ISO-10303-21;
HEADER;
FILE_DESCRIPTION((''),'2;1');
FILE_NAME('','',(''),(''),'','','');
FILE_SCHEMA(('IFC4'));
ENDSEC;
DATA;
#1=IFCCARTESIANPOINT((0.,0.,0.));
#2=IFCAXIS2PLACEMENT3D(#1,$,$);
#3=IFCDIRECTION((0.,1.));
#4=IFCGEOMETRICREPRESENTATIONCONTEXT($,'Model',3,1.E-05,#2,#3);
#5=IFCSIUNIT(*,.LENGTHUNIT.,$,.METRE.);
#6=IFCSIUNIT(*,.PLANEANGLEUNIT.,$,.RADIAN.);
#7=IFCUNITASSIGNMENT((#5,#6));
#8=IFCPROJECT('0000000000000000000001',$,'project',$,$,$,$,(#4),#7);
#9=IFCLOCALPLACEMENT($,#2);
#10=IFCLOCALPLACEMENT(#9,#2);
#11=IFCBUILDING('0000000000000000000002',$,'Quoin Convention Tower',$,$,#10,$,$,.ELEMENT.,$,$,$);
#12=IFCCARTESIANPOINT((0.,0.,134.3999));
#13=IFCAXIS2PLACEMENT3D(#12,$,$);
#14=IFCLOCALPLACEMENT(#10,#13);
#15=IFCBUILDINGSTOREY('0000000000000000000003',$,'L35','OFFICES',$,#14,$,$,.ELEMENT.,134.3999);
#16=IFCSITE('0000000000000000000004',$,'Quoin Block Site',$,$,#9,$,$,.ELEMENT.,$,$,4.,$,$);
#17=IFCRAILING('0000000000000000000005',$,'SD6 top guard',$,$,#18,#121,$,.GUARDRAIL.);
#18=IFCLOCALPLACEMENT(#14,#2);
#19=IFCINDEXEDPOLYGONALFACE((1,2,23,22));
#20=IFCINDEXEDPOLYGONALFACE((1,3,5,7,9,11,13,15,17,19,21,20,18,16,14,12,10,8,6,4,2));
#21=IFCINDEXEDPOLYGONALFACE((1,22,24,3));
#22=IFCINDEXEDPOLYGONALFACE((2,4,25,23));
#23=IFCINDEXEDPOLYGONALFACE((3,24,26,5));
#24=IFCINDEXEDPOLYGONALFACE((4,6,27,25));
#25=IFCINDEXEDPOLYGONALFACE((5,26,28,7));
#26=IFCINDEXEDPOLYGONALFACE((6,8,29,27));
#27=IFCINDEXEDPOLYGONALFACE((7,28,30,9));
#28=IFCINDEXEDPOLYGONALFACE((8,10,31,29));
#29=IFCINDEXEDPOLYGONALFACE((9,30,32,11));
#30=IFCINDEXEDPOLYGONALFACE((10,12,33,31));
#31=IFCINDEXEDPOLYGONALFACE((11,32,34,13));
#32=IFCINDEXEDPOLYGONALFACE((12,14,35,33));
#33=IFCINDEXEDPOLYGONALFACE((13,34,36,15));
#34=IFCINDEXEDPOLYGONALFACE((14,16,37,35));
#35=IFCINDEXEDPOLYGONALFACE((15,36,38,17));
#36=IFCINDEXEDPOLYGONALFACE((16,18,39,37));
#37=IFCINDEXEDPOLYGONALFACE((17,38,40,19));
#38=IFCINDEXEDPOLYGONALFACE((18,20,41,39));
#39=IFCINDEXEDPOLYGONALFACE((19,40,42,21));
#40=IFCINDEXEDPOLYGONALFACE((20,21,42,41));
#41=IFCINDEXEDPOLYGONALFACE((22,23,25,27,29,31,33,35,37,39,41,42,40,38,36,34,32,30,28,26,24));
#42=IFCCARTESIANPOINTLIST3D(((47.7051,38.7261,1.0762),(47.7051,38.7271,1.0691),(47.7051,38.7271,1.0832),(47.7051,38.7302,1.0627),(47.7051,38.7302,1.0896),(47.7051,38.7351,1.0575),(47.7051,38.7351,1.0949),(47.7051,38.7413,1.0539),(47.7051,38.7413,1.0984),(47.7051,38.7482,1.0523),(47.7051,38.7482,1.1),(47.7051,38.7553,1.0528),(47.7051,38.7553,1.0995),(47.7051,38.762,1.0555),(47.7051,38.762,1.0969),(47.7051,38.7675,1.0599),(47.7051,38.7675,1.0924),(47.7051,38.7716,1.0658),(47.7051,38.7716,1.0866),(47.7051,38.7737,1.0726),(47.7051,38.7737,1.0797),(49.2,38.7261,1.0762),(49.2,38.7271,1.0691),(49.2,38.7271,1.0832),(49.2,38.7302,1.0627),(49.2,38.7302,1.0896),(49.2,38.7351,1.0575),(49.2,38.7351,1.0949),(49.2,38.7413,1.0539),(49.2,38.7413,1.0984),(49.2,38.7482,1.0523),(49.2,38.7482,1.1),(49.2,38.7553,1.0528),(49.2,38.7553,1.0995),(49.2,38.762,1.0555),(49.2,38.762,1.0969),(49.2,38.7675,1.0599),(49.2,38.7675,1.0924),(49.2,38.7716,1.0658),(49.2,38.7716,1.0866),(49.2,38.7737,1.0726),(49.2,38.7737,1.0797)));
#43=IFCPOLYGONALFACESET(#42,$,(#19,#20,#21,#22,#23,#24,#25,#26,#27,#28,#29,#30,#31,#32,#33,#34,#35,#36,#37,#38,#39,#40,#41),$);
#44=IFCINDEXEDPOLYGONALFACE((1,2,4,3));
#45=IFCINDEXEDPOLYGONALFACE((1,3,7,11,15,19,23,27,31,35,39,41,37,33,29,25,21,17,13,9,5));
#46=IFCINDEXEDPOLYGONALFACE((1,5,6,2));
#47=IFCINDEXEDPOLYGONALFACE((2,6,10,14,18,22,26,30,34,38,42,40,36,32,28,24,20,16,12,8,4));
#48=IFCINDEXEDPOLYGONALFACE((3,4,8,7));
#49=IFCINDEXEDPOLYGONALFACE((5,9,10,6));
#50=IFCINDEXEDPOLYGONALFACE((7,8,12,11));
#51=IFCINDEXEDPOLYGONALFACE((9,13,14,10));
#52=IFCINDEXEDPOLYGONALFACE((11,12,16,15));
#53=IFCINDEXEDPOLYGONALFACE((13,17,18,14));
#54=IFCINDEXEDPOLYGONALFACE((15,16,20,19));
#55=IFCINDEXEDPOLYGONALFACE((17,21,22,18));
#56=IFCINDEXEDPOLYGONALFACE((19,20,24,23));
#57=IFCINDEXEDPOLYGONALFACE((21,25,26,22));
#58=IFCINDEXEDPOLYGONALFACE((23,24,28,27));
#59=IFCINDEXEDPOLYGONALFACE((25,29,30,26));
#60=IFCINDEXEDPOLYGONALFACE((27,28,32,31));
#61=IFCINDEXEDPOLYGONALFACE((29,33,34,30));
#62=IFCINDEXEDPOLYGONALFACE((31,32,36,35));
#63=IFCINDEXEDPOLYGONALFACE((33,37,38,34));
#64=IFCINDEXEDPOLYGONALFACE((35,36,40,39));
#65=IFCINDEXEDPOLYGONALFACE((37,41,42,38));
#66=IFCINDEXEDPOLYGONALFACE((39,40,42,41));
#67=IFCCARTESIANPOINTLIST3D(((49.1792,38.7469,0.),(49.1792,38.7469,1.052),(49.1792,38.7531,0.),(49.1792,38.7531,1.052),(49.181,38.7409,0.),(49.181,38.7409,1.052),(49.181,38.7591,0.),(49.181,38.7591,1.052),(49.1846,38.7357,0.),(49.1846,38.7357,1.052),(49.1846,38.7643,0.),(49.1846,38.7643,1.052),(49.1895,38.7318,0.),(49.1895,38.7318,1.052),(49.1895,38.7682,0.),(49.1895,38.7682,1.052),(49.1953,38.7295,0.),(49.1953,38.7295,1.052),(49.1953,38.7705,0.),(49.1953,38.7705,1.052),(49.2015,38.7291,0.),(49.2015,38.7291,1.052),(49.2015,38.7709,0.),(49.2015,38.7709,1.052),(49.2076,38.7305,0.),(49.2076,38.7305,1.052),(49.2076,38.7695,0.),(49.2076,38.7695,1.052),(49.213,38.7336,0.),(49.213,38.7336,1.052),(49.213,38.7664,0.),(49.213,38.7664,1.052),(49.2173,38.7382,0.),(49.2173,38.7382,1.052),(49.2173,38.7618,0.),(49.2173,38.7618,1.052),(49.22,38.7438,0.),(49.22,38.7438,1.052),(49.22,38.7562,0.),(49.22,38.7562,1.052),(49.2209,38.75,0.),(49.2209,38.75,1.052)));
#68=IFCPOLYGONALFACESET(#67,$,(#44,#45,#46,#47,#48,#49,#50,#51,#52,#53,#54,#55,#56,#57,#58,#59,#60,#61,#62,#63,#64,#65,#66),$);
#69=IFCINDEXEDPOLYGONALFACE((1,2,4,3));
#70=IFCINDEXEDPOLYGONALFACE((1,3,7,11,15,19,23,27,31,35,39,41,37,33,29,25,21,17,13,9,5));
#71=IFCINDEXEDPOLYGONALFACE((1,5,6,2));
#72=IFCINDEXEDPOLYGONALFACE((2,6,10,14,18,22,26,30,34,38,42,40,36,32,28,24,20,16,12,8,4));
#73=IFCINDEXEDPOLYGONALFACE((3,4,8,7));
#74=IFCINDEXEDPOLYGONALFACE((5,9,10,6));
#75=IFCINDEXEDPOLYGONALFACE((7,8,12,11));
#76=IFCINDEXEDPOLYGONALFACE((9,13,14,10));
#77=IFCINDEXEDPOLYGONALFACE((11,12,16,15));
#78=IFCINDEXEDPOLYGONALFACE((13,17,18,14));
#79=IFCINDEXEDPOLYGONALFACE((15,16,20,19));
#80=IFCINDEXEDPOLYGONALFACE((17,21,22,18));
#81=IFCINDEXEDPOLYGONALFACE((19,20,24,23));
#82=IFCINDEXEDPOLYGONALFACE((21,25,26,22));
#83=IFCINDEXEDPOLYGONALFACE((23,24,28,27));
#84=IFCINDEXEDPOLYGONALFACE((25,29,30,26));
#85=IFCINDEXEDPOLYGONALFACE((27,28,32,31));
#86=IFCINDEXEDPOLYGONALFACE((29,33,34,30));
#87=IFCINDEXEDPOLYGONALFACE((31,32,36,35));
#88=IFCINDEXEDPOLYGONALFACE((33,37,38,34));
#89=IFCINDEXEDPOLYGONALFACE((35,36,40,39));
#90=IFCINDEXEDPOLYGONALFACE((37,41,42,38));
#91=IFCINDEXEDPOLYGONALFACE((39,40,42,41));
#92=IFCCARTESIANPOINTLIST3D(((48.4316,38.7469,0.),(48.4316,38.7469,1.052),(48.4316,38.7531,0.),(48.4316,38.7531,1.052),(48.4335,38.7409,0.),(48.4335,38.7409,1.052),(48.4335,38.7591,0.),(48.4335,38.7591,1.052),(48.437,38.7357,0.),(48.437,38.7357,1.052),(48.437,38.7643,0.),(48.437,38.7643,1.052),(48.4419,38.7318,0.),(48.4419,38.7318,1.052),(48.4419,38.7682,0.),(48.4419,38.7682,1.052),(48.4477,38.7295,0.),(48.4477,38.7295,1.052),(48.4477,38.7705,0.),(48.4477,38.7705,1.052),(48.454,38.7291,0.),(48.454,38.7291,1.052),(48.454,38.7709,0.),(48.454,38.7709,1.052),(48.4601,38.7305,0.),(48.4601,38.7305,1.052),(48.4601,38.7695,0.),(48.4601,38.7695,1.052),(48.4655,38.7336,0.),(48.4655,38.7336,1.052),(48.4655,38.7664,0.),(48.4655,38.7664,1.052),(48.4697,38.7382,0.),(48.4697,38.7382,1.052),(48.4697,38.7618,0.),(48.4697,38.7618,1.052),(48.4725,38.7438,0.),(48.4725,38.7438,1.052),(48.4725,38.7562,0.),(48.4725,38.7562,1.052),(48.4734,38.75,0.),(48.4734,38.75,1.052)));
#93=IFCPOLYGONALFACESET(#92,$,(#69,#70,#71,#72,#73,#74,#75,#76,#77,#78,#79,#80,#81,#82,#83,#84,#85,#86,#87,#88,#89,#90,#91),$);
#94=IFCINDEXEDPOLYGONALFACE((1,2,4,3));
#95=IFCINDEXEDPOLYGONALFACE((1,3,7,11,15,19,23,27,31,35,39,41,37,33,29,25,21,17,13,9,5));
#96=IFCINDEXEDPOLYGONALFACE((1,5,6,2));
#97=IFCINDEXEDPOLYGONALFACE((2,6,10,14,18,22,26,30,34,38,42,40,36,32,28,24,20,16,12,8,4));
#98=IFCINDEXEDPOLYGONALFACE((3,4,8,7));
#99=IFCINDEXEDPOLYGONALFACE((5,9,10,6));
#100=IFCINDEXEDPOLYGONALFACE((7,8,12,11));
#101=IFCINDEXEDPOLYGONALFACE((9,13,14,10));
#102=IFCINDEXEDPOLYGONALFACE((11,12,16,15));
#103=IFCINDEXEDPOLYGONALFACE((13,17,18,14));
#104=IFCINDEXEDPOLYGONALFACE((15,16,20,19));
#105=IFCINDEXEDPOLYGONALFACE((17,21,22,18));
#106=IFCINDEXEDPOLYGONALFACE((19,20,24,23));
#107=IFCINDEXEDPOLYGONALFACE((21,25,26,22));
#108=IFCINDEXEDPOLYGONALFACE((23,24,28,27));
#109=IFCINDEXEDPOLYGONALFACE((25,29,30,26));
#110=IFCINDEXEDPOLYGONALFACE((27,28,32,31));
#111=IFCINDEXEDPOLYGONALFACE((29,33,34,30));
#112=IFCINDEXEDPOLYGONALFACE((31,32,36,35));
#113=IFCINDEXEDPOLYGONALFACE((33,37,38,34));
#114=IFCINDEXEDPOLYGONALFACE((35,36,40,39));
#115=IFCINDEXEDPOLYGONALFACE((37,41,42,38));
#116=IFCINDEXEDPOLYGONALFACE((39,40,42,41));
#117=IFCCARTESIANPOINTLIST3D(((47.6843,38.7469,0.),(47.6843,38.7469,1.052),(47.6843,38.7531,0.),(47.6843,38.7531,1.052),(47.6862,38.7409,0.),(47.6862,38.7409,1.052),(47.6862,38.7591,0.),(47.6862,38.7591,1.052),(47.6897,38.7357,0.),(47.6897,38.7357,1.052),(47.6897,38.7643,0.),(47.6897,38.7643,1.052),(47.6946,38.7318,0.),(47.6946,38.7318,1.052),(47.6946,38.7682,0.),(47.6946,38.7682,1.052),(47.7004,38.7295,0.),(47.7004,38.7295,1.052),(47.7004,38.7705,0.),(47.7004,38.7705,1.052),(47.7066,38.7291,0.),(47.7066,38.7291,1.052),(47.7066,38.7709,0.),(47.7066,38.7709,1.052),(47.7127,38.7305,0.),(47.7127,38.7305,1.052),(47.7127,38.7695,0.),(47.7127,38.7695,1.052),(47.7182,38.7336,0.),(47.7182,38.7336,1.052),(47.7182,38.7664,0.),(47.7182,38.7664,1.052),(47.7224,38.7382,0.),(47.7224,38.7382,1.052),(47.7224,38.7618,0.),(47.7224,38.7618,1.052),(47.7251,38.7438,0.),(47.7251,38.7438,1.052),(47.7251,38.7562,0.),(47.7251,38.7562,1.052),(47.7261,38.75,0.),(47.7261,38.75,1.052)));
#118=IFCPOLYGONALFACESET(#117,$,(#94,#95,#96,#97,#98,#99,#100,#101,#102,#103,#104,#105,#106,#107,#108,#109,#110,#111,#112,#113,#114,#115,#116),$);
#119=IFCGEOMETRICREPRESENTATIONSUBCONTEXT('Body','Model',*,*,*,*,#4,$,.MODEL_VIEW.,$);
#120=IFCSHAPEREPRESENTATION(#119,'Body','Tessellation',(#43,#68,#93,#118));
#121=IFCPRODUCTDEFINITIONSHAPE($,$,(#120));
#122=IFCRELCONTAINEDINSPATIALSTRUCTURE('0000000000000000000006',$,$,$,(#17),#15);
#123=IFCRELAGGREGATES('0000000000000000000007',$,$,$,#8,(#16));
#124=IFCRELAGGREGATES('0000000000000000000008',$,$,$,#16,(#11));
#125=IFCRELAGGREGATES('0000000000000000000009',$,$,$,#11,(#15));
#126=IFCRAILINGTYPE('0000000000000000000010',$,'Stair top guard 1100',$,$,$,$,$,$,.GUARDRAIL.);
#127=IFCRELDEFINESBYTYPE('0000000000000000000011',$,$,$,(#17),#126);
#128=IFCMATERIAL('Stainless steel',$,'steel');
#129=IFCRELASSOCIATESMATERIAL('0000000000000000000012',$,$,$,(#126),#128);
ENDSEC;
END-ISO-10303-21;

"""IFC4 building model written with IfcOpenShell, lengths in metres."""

from ifc_helpers import new_model, si_unit, direction, frame, origin, origin_2d, place, context, subcontext, project, spatial, circle, extrude, material, type_object, element, save


model = new_model("IFC4")

# Units and contexts
model_context = context("Model", 3, precision=1e-05, world=origin(), true_north=direction((0.0, 1.0)))
body_context = subcontext(model_context, "Body", "Model", "MODEL_VIEW")
ifc_project = project(units=[si_unit("LENGTHUNIT", "METRE"), si_unit("PLANEANGLEUNIT", "RADIAN")], contexts=[model_context])

# Site, building, storey
site_placement = place(None, origin())
site = spatial("IfcSite", under=ifc_project, at=site_placement, Name="Quoin Block Site", CompositionType="ELEMENT", RefElevation=4.0)
building_placement = place(site_placement, origin())
building = spatial("IfcBuilding", under=site, at=building_placement, Name="Quoin Convention Tower", CompositionType="ELEMENT")
storey_placement = place(building_placement, frame((0.0, 0.0, 134.3999)))
storey = spatial("IfcBuildingStorey", under=building, at=storey_placement, Name="L35", Description="OFFICES", CompositionType="ELEMENT", Elevation=134.3999)

# Railing
ifc_material_1 = material(Name="Stainless steel", Category="steel")
railing_type_1 = type_object("IfcRailingType", Name="Stair top guard 1100", PredefinedType="GUARDRAIL", material=ifc_material_1)
railing_1_placement = place(storey_placement, frame((49.2, 38.75, 0.0)))
element("IfcRailing", 1, at=railing_1_placement, inside=storey, type_object=railing_type_1, Name="SD6 top guard", PredefinedType="GUARDRAIL", context=body_context, shape_type="SweptSolid", body=[
    extrude(circle(Radius=0.0239, at=origin_2d()), frame((0.0, 0.0, 1.0762), z_axis=(-1.0, 0.0, 0.0), x_axis=(0.0, -1.0, 0.0)), (0.0, 0.0, 1.0), 1.4949),
    extrude(circle(Radius=0.021, at=origin_2d()), origin(), (0.0, 0.0, 1.0), 1.052),
    extrude(circle(Radius=0.021, at=origin_2d()), frame((-0.7476, 0.0, 0.0)), (0.0, 0.0, 1.0), 1.052),
    extrude(circle(Radius=0.021, at=origin_2d()), frame((-1.4949, 0.0, 0.0)), (0.0, 0.0, 1.0), 1.052),
])

save(model, "model.ifc")
